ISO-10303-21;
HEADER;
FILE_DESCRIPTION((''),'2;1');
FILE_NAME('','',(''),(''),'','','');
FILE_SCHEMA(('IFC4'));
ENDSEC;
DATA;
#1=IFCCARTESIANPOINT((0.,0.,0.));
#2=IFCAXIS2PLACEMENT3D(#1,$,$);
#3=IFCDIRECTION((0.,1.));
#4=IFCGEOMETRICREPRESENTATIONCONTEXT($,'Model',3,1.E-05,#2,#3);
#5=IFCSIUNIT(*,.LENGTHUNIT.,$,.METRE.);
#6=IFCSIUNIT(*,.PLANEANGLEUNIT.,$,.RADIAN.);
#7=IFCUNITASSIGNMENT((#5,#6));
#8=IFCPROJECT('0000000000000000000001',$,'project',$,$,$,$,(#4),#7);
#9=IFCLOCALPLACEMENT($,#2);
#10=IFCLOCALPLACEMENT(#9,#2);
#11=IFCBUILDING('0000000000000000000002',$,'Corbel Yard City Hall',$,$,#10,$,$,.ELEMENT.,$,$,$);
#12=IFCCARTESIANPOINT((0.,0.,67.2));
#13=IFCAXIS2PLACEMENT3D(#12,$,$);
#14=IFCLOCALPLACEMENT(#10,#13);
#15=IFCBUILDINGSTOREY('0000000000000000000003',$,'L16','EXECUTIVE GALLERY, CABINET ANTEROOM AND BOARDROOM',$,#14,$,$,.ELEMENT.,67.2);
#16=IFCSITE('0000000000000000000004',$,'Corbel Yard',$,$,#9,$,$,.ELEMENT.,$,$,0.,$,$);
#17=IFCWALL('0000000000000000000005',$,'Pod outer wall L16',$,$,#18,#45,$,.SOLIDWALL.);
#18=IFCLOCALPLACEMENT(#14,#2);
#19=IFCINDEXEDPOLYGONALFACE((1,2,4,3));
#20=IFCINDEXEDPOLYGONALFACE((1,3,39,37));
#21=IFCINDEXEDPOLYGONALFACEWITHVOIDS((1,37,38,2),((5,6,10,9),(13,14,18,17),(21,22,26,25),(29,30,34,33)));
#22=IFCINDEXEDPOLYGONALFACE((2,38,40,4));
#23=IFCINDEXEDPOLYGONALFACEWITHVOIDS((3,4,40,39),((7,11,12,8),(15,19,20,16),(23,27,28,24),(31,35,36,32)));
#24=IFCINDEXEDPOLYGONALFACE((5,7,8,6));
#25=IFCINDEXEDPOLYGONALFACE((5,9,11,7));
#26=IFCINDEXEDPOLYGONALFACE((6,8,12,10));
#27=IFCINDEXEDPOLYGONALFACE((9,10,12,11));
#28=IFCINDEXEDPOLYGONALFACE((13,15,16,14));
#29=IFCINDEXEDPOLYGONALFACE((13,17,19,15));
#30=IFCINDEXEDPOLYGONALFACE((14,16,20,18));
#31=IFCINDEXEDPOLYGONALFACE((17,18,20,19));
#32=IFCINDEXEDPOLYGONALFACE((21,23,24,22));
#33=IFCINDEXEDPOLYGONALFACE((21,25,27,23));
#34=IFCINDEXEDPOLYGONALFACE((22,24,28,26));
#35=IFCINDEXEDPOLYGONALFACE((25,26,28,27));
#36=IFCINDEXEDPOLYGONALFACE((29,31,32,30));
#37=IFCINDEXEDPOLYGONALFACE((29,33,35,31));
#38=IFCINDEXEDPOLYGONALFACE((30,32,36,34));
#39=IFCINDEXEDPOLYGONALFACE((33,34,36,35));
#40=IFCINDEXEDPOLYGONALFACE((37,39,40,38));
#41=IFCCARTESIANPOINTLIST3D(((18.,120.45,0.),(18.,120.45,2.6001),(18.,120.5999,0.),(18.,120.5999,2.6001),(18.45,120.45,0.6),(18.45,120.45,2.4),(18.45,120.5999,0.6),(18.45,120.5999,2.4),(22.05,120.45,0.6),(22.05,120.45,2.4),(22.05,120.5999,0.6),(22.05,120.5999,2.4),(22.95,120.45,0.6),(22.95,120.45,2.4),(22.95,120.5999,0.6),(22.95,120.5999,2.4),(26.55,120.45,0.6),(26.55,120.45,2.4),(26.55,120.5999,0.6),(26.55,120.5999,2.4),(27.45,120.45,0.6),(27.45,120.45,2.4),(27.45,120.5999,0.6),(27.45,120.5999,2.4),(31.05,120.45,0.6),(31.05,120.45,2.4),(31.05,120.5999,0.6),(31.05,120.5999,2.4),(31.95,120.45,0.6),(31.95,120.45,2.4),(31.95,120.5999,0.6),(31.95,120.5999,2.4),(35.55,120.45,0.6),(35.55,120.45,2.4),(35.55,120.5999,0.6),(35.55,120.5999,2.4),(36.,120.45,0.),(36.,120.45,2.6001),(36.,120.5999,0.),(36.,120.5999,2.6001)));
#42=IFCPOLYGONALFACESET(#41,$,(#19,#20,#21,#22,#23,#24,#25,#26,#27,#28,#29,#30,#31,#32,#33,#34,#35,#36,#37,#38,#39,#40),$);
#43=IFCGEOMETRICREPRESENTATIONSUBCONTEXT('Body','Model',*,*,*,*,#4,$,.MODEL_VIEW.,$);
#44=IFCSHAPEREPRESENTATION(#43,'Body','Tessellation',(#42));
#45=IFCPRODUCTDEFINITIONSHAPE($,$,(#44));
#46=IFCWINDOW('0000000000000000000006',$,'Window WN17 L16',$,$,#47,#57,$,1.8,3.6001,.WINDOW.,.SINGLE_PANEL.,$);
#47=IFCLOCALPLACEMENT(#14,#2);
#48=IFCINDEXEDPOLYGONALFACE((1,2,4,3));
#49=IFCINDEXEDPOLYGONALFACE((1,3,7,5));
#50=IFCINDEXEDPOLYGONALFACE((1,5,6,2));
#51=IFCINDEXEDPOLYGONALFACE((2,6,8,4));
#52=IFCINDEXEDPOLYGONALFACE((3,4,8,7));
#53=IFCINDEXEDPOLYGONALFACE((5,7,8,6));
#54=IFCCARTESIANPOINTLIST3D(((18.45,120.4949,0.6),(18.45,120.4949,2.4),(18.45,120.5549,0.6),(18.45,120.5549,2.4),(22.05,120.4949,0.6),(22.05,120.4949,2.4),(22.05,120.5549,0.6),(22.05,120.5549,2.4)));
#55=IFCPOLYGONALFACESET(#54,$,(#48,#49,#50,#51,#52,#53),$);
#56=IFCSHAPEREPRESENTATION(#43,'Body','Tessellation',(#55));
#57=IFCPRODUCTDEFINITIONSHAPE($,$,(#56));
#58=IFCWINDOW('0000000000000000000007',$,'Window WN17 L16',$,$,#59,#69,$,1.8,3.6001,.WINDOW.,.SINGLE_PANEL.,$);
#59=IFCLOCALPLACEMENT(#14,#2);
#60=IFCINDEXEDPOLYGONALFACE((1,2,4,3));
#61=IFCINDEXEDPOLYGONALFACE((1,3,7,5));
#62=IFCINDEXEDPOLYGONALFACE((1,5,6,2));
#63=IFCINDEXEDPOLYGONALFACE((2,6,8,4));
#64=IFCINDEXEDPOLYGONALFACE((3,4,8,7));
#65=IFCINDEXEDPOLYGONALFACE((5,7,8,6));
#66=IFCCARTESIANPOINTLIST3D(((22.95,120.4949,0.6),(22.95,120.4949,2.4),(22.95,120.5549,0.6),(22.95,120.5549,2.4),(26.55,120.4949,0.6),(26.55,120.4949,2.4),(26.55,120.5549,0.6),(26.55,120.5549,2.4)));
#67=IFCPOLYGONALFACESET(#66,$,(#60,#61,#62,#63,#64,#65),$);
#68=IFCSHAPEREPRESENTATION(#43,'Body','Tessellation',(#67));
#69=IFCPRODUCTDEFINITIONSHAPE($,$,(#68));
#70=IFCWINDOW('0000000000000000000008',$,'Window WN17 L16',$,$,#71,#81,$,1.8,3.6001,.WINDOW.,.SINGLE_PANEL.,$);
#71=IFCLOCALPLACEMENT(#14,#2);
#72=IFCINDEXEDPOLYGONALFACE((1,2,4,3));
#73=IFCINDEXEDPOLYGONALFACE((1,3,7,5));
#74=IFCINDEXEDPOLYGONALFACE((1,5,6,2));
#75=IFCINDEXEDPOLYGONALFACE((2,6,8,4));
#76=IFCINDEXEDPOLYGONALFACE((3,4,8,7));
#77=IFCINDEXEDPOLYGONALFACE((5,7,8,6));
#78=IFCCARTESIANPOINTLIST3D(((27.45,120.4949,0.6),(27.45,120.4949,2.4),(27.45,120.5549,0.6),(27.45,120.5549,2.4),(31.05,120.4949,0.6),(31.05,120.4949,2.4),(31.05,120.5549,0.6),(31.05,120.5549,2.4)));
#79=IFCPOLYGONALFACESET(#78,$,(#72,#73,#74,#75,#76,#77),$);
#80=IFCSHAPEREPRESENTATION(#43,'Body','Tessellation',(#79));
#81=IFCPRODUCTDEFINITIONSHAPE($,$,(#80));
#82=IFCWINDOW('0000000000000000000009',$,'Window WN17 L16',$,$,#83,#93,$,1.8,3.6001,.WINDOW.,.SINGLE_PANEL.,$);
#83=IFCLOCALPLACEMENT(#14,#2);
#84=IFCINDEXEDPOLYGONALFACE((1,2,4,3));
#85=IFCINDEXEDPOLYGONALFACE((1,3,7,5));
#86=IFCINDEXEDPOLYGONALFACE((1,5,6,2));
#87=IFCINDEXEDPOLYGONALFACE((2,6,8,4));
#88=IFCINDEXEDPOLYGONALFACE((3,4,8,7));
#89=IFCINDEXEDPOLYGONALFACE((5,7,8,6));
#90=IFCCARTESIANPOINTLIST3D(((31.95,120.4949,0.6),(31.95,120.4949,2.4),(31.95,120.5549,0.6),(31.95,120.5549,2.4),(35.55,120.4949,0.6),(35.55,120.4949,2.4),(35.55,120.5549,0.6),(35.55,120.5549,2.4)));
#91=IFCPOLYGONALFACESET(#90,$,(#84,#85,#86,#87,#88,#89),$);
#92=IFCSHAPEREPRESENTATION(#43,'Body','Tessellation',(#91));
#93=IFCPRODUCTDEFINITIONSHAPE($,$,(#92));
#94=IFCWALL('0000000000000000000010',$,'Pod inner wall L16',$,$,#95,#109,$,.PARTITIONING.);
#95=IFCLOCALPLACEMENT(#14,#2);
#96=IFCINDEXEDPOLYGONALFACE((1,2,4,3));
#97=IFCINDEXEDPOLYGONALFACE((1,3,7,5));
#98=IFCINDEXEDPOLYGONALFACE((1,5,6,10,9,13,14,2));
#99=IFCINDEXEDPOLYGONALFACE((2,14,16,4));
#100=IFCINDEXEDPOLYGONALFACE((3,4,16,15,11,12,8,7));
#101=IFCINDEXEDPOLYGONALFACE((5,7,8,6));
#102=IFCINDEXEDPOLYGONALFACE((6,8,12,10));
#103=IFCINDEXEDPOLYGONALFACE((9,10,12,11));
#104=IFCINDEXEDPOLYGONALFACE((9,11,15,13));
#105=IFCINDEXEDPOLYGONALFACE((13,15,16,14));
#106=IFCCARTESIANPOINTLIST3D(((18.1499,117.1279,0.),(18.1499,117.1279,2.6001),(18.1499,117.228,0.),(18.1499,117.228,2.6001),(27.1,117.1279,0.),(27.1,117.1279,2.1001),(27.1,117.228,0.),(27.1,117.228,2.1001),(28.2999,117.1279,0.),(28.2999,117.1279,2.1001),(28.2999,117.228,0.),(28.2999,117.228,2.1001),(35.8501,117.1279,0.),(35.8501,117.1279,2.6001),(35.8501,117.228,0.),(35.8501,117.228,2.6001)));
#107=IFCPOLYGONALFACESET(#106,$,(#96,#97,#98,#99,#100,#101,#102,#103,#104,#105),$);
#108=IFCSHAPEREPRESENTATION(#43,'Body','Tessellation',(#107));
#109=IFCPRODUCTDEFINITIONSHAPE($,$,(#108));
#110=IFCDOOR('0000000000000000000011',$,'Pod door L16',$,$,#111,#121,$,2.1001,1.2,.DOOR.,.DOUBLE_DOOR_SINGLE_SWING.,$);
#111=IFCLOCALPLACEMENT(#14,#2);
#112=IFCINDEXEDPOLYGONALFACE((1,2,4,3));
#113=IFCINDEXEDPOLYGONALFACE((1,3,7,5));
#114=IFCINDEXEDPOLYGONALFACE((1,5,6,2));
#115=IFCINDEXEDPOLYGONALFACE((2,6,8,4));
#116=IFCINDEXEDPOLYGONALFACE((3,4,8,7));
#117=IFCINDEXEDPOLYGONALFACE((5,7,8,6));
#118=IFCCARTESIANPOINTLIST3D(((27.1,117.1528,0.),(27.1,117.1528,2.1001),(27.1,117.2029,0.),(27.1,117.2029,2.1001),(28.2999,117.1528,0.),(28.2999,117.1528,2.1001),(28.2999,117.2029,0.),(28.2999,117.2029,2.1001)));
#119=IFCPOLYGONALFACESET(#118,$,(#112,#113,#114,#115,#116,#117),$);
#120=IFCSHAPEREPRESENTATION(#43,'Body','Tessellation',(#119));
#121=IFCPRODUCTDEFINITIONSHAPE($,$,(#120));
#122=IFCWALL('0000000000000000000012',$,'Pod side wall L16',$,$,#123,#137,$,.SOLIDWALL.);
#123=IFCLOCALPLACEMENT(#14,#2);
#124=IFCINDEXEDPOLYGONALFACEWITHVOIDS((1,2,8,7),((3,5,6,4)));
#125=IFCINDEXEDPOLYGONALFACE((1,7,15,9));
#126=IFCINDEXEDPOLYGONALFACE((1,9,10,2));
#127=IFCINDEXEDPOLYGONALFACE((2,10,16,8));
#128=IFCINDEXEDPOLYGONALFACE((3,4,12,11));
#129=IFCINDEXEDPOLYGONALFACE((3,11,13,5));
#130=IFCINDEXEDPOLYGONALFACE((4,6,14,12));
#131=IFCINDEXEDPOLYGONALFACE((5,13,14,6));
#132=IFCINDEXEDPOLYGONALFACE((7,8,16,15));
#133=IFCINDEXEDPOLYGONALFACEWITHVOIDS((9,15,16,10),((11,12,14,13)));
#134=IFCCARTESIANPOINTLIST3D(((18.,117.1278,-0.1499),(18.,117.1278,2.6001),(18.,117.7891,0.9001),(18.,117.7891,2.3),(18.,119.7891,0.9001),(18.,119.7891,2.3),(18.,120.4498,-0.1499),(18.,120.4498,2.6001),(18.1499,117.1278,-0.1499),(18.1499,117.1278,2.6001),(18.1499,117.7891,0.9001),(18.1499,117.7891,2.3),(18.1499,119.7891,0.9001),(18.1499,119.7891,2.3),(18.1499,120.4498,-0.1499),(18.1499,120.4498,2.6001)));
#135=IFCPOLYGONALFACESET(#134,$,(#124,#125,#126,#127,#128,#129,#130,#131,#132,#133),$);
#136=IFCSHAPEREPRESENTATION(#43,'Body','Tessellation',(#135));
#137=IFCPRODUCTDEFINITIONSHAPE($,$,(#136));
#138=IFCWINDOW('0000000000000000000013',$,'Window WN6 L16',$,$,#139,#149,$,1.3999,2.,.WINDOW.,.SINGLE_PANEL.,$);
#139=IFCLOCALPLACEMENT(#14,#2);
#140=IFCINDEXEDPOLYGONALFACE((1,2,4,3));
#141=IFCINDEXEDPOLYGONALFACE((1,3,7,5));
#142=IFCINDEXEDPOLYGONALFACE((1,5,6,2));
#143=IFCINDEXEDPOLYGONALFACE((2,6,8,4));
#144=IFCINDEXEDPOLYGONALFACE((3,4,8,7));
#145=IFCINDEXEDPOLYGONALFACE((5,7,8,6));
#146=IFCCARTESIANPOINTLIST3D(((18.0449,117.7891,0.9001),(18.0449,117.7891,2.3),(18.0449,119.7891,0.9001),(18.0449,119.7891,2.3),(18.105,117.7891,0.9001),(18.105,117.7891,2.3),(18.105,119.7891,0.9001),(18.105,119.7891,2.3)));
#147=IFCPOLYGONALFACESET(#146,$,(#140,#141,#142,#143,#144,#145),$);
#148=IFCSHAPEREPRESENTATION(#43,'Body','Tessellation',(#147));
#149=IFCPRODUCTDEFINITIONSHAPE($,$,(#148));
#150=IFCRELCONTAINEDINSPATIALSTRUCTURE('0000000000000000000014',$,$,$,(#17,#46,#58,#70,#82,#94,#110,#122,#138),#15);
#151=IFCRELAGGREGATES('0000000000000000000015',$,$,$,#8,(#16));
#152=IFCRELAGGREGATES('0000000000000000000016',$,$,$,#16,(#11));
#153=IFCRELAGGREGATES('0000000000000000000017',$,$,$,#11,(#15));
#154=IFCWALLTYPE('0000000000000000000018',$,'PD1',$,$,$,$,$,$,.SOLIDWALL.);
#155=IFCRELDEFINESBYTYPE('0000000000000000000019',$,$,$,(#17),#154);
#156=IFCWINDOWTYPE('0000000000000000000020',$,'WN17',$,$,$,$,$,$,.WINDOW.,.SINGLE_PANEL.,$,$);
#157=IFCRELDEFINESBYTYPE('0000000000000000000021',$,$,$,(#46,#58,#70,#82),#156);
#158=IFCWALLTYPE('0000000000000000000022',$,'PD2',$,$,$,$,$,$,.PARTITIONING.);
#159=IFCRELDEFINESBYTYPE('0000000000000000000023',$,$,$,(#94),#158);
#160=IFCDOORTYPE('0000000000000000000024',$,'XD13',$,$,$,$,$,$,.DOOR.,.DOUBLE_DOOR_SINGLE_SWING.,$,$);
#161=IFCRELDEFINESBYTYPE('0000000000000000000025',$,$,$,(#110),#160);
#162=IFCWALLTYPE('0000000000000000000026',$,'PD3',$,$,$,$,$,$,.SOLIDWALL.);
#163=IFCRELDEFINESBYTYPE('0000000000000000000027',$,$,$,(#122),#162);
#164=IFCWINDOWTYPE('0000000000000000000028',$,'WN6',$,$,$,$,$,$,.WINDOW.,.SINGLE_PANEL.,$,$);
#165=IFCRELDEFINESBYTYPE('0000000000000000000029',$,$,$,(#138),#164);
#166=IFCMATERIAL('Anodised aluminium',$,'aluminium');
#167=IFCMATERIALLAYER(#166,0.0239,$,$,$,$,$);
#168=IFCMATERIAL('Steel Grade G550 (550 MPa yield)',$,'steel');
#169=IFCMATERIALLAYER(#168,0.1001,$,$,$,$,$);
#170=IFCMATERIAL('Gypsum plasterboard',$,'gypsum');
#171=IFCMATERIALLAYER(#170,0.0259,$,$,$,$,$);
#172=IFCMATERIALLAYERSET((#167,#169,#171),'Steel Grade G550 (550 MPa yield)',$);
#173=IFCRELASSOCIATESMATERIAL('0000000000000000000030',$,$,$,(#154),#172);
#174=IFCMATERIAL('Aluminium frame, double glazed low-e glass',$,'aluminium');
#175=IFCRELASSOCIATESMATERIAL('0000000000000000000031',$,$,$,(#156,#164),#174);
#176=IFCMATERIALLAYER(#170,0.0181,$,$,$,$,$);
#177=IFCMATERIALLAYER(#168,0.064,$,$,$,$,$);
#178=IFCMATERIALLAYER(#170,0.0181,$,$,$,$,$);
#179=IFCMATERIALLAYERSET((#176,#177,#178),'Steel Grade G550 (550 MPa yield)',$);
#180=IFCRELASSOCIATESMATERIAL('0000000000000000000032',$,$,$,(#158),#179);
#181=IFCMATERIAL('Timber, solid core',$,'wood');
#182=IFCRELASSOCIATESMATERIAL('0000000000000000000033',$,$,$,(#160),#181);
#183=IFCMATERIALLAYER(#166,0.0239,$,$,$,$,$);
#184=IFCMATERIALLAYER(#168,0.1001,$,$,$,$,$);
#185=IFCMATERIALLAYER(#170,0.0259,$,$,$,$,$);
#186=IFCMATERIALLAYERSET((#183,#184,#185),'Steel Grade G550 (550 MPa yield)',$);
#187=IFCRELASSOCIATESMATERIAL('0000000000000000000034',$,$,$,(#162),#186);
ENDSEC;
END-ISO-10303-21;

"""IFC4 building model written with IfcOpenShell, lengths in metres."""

from ifc_helpers import new_model, si_unit, direction, frame, frame_2d, origin, place, context, subcontext, project, spatial, rectangle, extrude, material, layer, layer_set, type_object, element, fill, save


model = new_model("IFC4")

# Units and contexts
model_context = context("Model", 3, precision=1e-05, world=origin(), true_north=direction((0.0, 1.0)))
body_context = subcontext(model_context, "Body", "Model", "MODEL_VIEW")
ifc_project = project(units=[si_unit("LENGTHUNIT", "METRE"), si_unit("PLANEANGLEUNIT", "RADIAN")], contexts=[model_context])

# Site, building, storey
site_placement = place(None, origin())
site = spatial("IfcSite", under=ifc_project, at=site_placement, Name="Corbel Yard", CompositionType="ELEMENT", RefElevation=0.0)
building_placement = place(site_placement, origin())
building = spatial("IfcBuilding", under=site, at=building_placement, Name="Corbel Yard City Hall", CompositionType="ELEMENT")
storey_placement = place(building_placement, frame((0.0, 0.0, 67.2)))
storey = spatial("IfcBuildingStorey", under=building, at=storey_placement, Name="L16", Description="EXECUTIVE GALLERY, CABINET ANTEROOM AND BOARDROOM", CompositionType="ELEMENT", Elevation=67.2)

# Wall, openings, windows
ifc_material_1 = material(Name="Anodised aluminium", Category="aluminium")
ifc_layer_1 = layer(ifc_material_1, 0.0239)
ifc_material_2 = material(Name="Steel Grade G550 (550 MPa yield)", Category="steel")
ifc_layer_2 = layer(ifc_material_2, 0.1001)
ifc_material_3 = material(Name="Gypsum plasterboard", Category="gypsum")
ifc_layer_3 = layer(ifc_material_3, 0.0259)
ifc_layer_set_1 = layer_set([ifc_layer_1, ifc_layer_2, ifc_layer_3], Name="Steel Grade G550 (550 MPa yield)")
wall_type_1 = type_object("IfcWallType", Name="PD1", PredefinedType="SOLIDWALL", material=ifc_layer_set_1)
wall_1_placement = place(storey_placement, frame((18.0, 120.5249, 0.0), z_axis=(0.0, 0.0, 1.0), x_axis=(1.0, 0.0, 0.0)))
wall_1 = element("IfcWall", 1, at=wall_1_placement, inside=storey, type_object=wall_type_1, Name="Pod outer wall L16", PredefinedType="SOLIDWALL", context=body_context, shape_type="SweptSolid", body=[
    extrude(rectangle(XDim=18.0, YDim=0.1499, at=frame_2d((9.0, 0.0))), origin(), (0.0, 0.0, 1.0), 2.6001),
])
opening_1_placement = place(wall_1_placement, frame((0.45, 0.0, 0.6001)))
opening_1 = element("IfcOpeningElement", 2, at=opening_1_placement, cuts=wall_1, PredefinedType="OPENING", context=body_context, shape_type="SweptSolid", body=[
    extrude(rectangle(XDim=3.6001, YDim=1.8, at=frame_2d((1.8, 0.8999))), frame((0.0, 0.085, 0.0), z_axis=(0.0, -1.0, 0.0), x_axis=(1.0, 0.0, 0.0)), (0.0, 0.0, 1.0), 0.1699),
])
opening_2_placement = place(wall_1_placement, frame((4.95, 0.0, 0.6001)))
opening_2 = element("IfcOpeningElement", 3, at=opening_2_placement, cuts=wall_1, PredefinedType="OPENING", context=body_context, shape_type="SweptSolid", body=[
    extrude(rectangle(XDim=3.6001, YDim=1.8, at=frame_2d((1.8, 0.8999))), frame((0.0, 0.085, 0.0), z_axis=(0.0, -1.0, 0.0), x_axis=(1.0, 0.0, 0.0)), (0.0, 0.0, 1.0), 0.1699),
])
opening_3_placement = place(wall_1_placement, frame((9.45, 0.0, 0.6001)))
opening_3 = element("IfcOpeningElement", 4, at=opening_3_placement, cuts=wall_1, PredefinedType="OPENING", context=body_context, shape_type="SweptSolid", body=[
    extrude(rectangle(XDim=3.6001, YDim=1.8, at=frame_2d((1.8, 0.8999))), frame((0.0, 0.085, 0.0), z_axis=(0.0, -1.0, 0.0), x_axis=(1.0, 0.0, 0.0)), (0.0, 0.0, 1.0), 0.1699),
])
opening_4_placement = place(wall_1_placement, frame((13.95, 0.0, 0.6001)))
opening_4 = element("IfcOpeningElement", 5, at=opening_4_placement, cuts=wall_1, PredefinedType="OPENING", context=body_context, shape_type="SweptSolid", body=[
    extrude(rectangle(XDim=3.6001, YDim=1.8, at=frame_2d((1.8, 0.8999))), frame((0.0, 0.085, 0.0), z_axis=(0.0, -1.0, 0.0), x_axis=(1.0, 0.0, 0.0)), (0.0, 0.0, 1.0), 0.1699),
])
ifc_material_4 = material(Name="Aluminium frame, double glazed low-e glass", Category="aluminium")
window_type_1 = type_object("IfcWindowType", Name="WN17", PartitioningType="SINGLE_PANEL", PredefinedType="WINDOW", material=ifc_material_4)
window_1_placement = place(opening_1_placement, origin())
window_1 = element("IfcWindow", 6, at=window_1_placement, inside=storey, type_object=window_type_1, Name="Window WN17 L16", OverallHeight=1.8, OverallWidth=3.6001, PartitioningType="SINGLE_PANEL", PredefinedType="WINDOW", context=body_context, shape_type="SweptSolid", body=[
    extrude(rectangle(XDim=3.6001, YDim=1.8, at=frame_2d((1.8, 0.8999))), frame((0.0, 0.03, 0.0), z_axis=(0.0, -1.0, 0.0), x_axis=(1.0, 0.0, 0.0)), (0.0, 0.0, 1.0), 0.0601),
])
fill(opening_1, window_1)
window_2_placement = place(opening_2_placement, origin())
window_2 = element("IfcWindow", 7, at=window_2_placement, inside=storey, type_object=window_type_1, Name="Window WN17 L16", OverallHeight=1.8, OverallWidth=3.6001, PartitioningType="SINGLE_PANEL", PredefinedType="WINDOW", context=body_context, shape_type="SweptSolid", body=[
    extrude(rectangle(XDim=3.6001, YDim=1.8, at=frame_2d((1.8, 0.8999))), frame((0.0, 0.03, 0.0), z_axis=(0.0, -1.0, 0.0), x_axis=(1.0, 0.0, 0.0)), (0.0, 0.0, 1.0), 0.0601),
])
fill(opening_2, window_2)
window_3_placement = place(opening_3_placement, origin())
window_3 = element("IfcWindow", 8, at=window_3_placement, inside=storey, type_object=window_type_1, Name="Window WN17 L16", OverallHeight=1.8, OverallWidth=3.6001, PartitioningType="SINGLE_PANEL", PredefinedType="WINDOW", context=body_context, shape_type="SweptSolid", body=[
    extrude(rectangle(XDim=3.6001, YDim=1.8, at=frame_2d((1.8, 0.8999))), frame((0.0, 0.03, 0.0), z_axis=(0.0, -1.0, 0.0), x_axis=(1.0, 0.0, 0.0)), (0.0, 0.0, 1.0), 0.0601),
])
fill(opening_3, window_3)
window_4_placement = place(opening_4_placement, origin())
window_4 = element("IfcWindow", 9, at=window_4_placement, inside=storey, type_object=window_type_1, Name="Window WN17 L16", OverallHeight=1.8, OverallWidth=3.6001, PartitioningType="SINGLE_PANEL", PredefinedType="WINDOW", context=body_context, shape_type="SweptSolid", body=[
    extrude(rectangle(XDim=3.6001, YDim=1.8, at=frame_2d((1.8, 0.8999))), frame((0.0, 0.03, 0.0), z_axis=(0.0, -1.0, 0.0), x_axis=(1.0, 0.0, 0.0)), (0.0, 0.0, 1.0), 0.0601),
])
fill(opening_4, window_4)

# Wall, opening, door
ifc_layer_4 = layer(ifc_material_3, 0.0181)
ifc_layer_5 = layer(ifc_material_2, 0.064)
ifc_layer_6 = layer(ifc_material_3, 0.0181)
ifc_layer_set_2 = layer_set([ifc_layer_4, ifc_layer_5, ifc_layer_6], Name="Steel Grade G550 (550 MPa yield)")
wall_type_2 = type_object("IfcWallType", Name="PD2", PredefinedType="PARTITIONING", material=ifc_layer_set_2)
wall_2_placement = place(storey_placement, frame((18.1499, 117.178, 0.0), z_axis=(0.0, 0.0, 1.0), x_axis=(1.0, 0.0, 0.0)))
wall_2 = element("IfcWall", 10, at=wall_2_placement, inside=storey, type_object=wall_type_2, Name="Pod inner wall L16", PredefinedType="PARTITIONING", context=body_context, shape_type="SweptSolid", body=[
    extrude(rectangle(XDim=17.7002, YDim=0.1001, at=frame_2d((8.8501, 0.0))), origin(), (0.0, 0.0, 1.0), 2.6001),
])
opening_5_placement = place(wall_2_placement, frame((8.95, 0.0, 0.0)))
opening_5 = element("IfcOpeningElement", 11, at=opening_5_placement, cuts=wall_2, PredefinedType="OPENING", context=body_context, shape_type="SweptSolid", body=[
    extrude(rectangle(XDim=1.2, YDim=2.1001, at=frame_2d((0.6001, 1.05))), frame((0.0, 0.0601, 0.0), z_axis=(0.0, -1.0, 0.0), x_axis=(1.0, 0.0, 0.0)), (0.0, 0.0, 1.0), 0.1201),
])
ifc_material_5 = material(Name="Timber, solid core", Category="wood")
door_type = type_object("IfcDoorType", Name="XD13", OperationType="DOUBLE_DOOR_SINGLE_SWING", PredefinedType="DOOR", material=ifc_material_5)
door_placement = place(opening_5_placement, origin())
door = element("IfcDoor", 12, at=door_placement, inside=storey, type_object=door_type, Name="Pod door L16", OperationType="DOUBLE_DOOR_SINGLE_SWING", OverallHeight=2.1001, OverallWidth=1.2, PredefinedType="DOOR", context=body_context, shape_type="SweptSolid", body=[
    extrude(rectangle(XDim=1.2, YDim=2.1001, at=frame_2d((0.6001, 1.05))), frame((0.0, 0.0249, 0.0), z_axis=(0.0, -1.0, 0.0), x_axis=(1.0, 0.0, 0.0)), (0.0, 0.0, 1.0), 0.05),
])
fill(opening_5, door)

# Wall, opening, window
ifc_layer_7 = layer(ifc_material_1, 0.0239)
ifc_layer_8 = layer(ifc_material_2, 0.1001)
ifc_layer_9 = layer(ifc_material_3, 0.0259)
ifc_layer_set_3 = layer_set([ifc_layer_7, ifc_layer_8, ifc_layer_9], Name="Steel Grade G550 (550 MPa yield)")
wall_type_3 = type_object("IfcWallType", Name="PD3", PredefinedType="SOLIDWALL", material=ifc_layer_set_3)
wall_3_placement = place(storey_placement, frame((18.075, 120.45, -0.1499), z_axis=(0.0, 0.0, 1.0), x_axis=(0.0, -1.0, 0.0)))
wall_3 = element("IfcWall", 13, at=wall_3_placement, inside=storey, type_object=wall_type_3, Name="Pod side wall L16", PredefinedType="SOLIDWALL", context=body_context, shape_type="SweptSolid", body=[
    extrude(rectangle(XDim=3.322, YDim=0.1499, at=frame_2d((1.6611, 0.0))), origin(), (0.0, 0.0, 1.0), 2.75),
])
opening_6_placement = place(wall_3_placement, frame((0.6609, 0.0, 1.05)))
opening_6 = element("IfcOpeningElement", 14, at=opening_6_placement, cuts=wall_3, PredefinedType="OPENING", context=body_context, shape_type="SweptSolid", body=[
    extrude(rectangle(XDim=2.0, YDim=1.3999, at=frame_2d((1.0, 0.7))), frame((0.0, 0.085, 0.0), z_axis=(0.0, -1.0, 0.0), x_axis=(1.0, 0.0, 0.0)), (0.0, 0.0, 1.0), 0.1699),
])
window_type_2 = type_object("IfcWindowType", Name="WN6", PartitioningType="SINGLE_PANEL", PredefinedType="WINDOW", material=ifc_material_4)
window_5_placement = place(opening_6_placement, origin())
window_5 = element("IfcWindow", 15, at=window_5_placement, inside=storey, type_object=window_type_2, Name="Window WN6 L16", OverallHeight=1.3999, OverallWidth=2.0, PartitioningType="SINGLE_PANEL", PredefinedType="WINDOW", context=body_context, shape_type="SweptSolid", body=[
    extrude(rectangle(XDim=2.0, YDim=1.3999, at=frame_2d((1.0, 0.7))), frame((0.0, 0.03, 0.0), z_axis=(0.0, -1.0, 0.0), x_axis=(1.0, 0.0, 0.0)), (0.0, 0.0, 1.0), 0.0601),
])
fill(opening_6, window_5)

save(model, "model.ifc")
